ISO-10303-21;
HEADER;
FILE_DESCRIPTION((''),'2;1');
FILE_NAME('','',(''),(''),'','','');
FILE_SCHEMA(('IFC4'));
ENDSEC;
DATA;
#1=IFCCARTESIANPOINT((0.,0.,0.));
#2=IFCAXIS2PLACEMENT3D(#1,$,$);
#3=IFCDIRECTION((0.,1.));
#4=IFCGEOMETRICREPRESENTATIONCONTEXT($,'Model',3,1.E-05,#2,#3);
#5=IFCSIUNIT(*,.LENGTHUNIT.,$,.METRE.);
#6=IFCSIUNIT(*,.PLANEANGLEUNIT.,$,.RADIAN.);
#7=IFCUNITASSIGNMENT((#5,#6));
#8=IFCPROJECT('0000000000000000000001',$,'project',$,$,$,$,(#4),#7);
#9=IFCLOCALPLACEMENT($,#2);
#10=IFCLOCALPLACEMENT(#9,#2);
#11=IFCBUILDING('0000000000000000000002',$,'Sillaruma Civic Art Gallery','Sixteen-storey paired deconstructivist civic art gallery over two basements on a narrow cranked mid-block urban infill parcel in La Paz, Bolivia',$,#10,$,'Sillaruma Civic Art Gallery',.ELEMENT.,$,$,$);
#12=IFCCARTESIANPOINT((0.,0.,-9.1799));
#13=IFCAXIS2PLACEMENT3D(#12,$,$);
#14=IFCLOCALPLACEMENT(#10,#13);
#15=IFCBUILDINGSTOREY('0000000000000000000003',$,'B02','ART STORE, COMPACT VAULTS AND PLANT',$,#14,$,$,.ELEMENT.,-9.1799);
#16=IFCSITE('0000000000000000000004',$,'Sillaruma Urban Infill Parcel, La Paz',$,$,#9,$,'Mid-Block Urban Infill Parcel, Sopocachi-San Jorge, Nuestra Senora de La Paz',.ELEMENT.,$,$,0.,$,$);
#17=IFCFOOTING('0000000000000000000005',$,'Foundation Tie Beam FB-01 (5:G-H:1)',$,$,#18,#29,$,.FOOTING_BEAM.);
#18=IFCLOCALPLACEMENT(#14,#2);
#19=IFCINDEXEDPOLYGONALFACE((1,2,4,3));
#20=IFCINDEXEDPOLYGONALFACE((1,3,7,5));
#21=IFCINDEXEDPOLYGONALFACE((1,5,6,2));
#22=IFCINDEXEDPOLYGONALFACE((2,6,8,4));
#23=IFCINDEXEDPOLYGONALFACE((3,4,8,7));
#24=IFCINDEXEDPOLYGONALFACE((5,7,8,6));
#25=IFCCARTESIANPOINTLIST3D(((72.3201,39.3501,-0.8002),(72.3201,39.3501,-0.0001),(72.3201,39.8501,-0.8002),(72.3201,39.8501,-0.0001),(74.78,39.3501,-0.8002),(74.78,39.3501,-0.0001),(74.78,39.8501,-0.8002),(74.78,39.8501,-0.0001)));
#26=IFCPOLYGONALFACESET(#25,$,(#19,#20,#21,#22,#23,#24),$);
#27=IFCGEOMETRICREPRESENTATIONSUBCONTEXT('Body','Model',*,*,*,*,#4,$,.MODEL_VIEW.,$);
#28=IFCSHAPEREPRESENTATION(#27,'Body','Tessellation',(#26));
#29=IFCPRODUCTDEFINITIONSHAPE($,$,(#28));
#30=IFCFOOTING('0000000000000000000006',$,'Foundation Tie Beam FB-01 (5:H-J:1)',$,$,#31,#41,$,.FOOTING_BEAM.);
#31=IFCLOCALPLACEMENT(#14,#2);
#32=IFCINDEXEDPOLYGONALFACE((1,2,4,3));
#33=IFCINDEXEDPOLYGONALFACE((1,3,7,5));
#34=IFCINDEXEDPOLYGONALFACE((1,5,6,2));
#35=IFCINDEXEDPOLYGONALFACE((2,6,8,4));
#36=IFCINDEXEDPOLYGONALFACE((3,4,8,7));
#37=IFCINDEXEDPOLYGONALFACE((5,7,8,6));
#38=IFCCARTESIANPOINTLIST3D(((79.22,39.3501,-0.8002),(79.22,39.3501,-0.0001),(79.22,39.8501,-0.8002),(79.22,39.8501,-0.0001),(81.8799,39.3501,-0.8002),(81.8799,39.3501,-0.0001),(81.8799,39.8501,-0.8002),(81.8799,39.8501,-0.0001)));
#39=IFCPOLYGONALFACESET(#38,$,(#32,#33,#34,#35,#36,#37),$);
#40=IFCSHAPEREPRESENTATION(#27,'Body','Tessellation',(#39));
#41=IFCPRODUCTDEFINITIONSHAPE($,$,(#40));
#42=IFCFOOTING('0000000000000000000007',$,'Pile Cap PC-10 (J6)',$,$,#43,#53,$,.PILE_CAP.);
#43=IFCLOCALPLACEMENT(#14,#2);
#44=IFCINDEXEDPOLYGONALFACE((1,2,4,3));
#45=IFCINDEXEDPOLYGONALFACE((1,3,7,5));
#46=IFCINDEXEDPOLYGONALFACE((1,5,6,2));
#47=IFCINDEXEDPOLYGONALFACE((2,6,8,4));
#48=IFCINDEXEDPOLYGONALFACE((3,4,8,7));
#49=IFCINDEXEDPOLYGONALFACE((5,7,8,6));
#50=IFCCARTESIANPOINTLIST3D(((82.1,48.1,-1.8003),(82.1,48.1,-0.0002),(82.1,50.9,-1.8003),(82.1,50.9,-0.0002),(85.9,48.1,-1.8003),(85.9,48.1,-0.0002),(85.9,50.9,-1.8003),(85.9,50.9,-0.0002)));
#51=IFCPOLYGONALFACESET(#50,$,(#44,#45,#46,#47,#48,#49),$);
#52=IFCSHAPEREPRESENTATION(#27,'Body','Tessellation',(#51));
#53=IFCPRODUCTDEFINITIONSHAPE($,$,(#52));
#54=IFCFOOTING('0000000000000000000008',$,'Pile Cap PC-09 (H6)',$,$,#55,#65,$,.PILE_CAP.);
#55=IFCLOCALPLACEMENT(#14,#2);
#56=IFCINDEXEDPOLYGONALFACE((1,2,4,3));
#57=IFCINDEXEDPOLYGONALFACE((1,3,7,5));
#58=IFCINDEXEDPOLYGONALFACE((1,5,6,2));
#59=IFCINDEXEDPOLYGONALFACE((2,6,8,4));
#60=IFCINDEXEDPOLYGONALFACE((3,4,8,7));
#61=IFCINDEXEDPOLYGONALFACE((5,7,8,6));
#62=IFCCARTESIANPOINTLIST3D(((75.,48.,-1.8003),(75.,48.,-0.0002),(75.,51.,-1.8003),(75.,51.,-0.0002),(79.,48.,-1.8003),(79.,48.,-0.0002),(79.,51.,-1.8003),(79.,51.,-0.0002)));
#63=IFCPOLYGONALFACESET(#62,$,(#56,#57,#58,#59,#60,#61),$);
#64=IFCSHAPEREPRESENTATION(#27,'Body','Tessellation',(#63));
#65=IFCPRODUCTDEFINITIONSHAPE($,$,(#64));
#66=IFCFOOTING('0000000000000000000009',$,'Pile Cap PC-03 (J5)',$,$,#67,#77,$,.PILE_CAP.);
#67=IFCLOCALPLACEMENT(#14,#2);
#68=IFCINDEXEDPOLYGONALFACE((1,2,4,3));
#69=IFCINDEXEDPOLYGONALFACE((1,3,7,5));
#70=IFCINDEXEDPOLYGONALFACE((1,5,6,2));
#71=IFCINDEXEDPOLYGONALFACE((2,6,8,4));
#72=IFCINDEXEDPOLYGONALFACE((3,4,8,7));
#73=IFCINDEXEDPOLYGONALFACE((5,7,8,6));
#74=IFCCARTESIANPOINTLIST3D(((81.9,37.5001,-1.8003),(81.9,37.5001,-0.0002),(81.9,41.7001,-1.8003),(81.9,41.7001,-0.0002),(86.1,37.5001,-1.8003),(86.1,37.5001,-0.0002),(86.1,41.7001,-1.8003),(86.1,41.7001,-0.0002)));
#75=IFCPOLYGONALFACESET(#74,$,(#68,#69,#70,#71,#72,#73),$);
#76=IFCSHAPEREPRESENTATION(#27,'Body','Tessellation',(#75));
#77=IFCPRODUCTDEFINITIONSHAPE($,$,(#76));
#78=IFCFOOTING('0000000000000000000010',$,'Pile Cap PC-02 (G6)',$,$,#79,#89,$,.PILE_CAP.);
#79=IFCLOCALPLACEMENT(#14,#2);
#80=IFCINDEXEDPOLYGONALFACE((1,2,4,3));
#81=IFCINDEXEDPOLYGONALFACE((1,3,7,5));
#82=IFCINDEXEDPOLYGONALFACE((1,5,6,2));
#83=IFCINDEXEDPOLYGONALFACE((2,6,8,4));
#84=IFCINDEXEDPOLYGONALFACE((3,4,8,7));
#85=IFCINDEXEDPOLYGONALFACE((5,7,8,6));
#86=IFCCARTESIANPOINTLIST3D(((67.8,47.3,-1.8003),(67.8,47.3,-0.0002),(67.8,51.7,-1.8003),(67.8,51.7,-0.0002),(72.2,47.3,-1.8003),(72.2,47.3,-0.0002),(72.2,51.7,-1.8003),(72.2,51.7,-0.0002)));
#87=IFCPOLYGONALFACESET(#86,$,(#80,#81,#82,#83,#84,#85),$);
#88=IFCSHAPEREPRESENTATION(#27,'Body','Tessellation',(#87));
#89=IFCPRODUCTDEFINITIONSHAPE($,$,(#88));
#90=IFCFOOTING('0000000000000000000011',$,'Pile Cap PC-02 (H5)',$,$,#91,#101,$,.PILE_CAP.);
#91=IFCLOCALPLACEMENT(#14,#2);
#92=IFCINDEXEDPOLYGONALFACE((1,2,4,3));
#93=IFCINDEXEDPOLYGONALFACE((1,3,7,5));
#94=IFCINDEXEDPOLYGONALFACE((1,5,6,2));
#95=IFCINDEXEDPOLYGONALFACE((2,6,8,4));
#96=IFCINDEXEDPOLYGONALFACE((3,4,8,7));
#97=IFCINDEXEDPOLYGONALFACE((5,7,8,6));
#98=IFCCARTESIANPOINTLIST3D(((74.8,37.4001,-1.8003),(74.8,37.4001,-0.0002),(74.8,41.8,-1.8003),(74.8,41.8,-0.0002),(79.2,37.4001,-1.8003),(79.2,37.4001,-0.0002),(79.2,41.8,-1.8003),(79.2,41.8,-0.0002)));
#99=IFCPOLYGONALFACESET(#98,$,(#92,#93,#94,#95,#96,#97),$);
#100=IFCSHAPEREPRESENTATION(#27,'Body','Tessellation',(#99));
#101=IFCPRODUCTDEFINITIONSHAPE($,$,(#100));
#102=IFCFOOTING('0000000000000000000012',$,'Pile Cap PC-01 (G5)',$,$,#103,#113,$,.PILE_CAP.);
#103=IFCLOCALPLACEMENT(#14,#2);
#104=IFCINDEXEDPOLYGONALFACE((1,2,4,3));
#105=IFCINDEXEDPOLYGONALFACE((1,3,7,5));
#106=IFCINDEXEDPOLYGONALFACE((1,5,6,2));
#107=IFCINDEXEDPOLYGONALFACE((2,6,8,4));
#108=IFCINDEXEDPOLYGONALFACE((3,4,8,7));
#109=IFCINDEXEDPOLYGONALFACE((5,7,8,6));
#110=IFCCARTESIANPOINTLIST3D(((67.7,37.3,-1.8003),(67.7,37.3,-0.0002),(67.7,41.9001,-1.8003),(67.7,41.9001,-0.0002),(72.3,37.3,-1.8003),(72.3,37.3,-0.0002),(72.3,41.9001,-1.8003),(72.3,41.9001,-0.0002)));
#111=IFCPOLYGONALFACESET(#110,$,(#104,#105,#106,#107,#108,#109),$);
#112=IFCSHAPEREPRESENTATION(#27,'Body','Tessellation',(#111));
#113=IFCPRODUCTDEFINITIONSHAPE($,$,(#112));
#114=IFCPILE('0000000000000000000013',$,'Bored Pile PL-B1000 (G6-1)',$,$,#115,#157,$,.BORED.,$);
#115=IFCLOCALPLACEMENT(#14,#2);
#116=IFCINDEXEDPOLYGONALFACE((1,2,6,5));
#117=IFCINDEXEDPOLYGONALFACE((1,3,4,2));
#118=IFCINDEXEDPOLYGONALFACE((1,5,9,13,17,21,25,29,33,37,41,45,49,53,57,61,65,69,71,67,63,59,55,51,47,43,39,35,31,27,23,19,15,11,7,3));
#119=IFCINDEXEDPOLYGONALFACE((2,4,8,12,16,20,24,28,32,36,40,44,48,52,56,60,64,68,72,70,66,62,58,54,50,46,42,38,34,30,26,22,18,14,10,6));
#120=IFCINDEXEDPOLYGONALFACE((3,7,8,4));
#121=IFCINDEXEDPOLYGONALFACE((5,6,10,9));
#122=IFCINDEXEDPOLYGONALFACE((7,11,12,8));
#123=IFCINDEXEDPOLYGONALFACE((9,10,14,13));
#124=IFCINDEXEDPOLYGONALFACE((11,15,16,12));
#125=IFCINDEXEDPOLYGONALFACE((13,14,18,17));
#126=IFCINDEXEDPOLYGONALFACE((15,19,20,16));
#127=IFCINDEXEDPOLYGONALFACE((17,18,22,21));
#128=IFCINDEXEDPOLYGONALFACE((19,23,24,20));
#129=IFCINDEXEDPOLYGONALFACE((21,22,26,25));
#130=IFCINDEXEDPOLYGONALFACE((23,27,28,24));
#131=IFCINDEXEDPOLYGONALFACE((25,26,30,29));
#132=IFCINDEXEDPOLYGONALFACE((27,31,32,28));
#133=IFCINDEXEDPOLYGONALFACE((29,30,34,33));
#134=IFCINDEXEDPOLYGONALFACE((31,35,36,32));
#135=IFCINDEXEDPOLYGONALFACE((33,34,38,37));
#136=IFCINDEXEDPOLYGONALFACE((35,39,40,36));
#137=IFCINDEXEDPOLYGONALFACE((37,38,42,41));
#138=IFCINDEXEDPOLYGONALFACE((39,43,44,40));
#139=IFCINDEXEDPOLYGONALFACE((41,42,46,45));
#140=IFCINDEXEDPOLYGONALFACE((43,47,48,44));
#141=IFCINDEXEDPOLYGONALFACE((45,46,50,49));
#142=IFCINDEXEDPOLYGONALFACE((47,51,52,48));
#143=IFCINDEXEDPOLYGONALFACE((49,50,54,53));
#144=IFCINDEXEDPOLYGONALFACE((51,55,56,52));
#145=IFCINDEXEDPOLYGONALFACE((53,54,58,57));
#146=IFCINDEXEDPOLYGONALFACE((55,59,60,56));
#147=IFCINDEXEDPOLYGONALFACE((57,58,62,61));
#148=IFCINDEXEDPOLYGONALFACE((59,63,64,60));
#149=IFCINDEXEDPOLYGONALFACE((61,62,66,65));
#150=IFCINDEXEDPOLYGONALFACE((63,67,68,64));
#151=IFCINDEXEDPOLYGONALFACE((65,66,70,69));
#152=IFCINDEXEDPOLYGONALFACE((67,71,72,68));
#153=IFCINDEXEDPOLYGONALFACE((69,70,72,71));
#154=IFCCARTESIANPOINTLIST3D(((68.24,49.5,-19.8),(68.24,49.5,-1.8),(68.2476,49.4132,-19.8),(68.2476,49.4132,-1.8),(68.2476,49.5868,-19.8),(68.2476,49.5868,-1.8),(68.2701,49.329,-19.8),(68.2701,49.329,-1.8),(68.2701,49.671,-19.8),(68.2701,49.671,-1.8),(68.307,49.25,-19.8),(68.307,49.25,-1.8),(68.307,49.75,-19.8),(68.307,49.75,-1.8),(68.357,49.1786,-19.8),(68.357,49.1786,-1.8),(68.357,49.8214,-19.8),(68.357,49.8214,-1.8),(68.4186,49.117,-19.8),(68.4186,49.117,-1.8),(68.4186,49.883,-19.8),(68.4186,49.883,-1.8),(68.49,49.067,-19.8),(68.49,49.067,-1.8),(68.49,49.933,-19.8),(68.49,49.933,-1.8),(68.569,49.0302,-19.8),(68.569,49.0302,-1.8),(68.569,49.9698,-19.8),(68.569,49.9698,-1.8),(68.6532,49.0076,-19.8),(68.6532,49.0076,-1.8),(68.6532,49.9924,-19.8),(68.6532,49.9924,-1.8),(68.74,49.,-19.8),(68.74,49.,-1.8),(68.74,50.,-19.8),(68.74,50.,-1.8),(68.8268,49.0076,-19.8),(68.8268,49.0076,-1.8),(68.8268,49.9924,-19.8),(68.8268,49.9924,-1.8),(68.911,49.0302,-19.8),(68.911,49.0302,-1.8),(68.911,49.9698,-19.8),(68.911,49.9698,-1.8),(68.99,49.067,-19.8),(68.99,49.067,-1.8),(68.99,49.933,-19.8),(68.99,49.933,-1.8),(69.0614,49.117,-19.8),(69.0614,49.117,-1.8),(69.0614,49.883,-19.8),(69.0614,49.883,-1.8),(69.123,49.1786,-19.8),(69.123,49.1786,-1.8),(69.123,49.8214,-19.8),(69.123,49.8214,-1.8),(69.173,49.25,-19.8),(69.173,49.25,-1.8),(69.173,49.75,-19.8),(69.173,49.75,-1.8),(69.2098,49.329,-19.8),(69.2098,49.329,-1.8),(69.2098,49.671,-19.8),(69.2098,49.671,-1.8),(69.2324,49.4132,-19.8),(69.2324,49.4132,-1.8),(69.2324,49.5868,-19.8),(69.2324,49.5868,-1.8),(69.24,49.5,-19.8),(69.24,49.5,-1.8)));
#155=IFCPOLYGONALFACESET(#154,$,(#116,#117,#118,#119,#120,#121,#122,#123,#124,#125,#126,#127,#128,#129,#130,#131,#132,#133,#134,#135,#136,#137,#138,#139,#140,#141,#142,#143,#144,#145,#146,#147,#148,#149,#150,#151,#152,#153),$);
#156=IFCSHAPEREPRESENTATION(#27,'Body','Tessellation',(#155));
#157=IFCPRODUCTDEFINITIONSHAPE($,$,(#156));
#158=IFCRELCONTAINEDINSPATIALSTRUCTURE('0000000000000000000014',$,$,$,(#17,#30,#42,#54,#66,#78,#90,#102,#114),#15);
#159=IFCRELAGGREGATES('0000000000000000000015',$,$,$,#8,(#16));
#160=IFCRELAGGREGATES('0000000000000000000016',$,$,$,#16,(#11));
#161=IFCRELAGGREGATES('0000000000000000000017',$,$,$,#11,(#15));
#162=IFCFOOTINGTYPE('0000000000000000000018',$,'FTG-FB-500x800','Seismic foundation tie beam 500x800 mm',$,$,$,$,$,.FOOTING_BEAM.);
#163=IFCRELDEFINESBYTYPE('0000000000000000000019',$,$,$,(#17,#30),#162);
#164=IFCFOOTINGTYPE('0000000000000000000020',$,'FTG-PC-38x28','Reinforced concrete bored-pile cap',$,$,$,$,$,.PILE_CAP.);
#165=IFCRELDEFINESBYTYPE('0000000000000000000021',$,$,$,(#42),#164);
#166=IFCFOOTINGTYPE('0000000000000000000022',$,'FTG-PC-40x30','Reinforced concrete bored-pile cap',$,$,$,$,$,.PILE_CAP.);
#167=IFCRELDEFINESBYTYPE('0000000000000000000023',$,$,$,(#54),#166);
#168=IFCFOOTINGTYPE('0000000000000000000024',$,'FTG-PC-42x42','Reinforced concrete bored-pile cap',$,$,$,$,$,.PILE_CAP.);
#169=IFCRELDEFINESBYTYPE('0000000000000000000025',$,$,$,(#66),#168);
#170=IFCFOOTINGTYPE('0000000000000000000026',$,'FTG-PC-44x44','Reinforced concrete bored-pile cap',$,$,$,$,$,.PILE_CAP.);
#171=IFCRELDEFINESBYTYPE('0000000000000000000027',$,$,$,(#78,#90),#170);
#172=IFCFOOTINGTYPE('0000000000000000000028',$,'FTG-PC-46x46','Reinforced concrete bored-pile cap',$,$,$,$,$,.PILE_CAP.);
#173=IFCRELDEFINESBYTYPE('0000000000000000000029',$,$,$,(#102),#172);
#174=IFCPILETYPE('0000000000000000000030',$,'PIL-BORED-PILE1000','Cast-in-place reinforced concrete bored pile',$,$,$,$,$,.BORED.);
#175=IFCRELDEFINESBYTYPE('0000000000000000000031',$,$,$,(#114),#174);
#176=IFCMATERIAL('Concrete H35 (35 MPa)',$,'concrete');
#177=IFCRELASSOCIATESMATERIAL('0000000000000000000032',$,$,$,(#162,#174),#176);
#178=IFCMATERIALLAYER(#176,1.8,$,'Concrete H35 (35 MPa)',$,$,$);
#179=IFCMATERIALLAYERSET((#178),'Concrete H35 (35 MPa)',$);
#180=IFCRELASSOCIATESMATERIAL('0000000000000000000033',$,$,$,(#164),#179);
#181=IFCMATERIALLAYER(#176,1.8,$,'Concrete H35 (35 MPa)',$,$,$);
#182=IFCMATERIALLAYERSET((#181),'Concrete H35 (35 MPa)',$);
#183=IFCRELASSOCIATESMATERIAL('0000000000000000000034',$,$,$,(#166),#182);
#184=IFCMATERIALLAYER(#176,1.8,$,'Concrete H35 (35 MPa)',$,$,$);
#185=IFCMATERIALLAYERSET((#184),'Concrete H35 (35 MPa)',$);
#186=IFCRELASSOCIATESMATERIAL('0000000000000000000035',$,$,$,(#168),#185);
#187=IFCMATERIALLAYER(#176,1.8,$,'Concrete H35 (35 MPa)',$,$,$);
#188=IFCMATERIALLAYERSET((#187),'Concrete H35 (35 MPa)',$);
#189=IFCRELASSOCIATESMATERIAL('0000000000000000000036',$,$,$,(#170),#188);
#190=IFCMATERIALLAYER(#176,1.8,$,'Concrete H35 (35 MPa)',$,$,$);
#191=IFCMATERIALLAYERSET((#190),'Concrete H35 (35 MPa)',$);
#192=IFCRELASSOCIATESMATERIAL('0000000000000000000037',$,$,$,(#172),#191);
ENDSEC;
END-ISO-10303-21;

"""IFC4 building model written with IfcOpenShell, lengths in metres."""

from ifc_helpers import new_model, si_unit, direction, frame, origin, origin_2d, place, context, subcontext, project, spatial, rectangle, circle, extrude, material, layer, layer_set, material_profile, profile_set, type_object, element, save


model = new_model("IFC4")

# Units and contexts
model_context = context("Model", 3, precision=1e-05, world=origin(), true_north=direction((0.0, 1.0)))
body_context = subcontext(model_context, "Body", "Model", "MODEL_VIEW")
ifc_project = project(units=[si_unit("LENGTHUNIT", "METRE"), si_unit("PLANEANGLEUNIT", "RADIAN")], contexts=[model_context])

# Site, building, storey
site_placement = place(None, origin())
site = spatial("IfcSite", under=ifc_project, at=site_placement, Name="Sillaruma Urban Infill Parcel, La Paz", LongName="Mid-Block Urban Infill Parcel, Sopocachi-San Jorge, Nuestra Senora de La Paz", CompositionType="ELEMENT", RefElevation=0.0)
building_placement = place(site_placement, origin())
building = spatial("IfcBuilding", under=site, at=building_placement, Name="Sillaruma Civic Art Gallery", Description="Sixteen-storey paired deconstructivist civic art gallery over two basements on a narrow cranked mid-block urban infill parcel in La Paz, Bolivia", LongName="Sillaruma Civic Art Gallery", CompositionType="ELEMENT")
storey_placement = place(building_placement, frame((0.0, 0.0, -9.1799)))
storey = spatial("IfcBuildingStorey", under=building, at=storey_placement, Name="B02", Description="ART STORE, COMPACT VAULTS AND PLANT", CompositionType="ELEMENT", Elevation=-9.1799)

# Footings
ifc_material_1 = material(Name="Concrete H35 (35 MPa)", Category="concrete")
ifc_material_profile_1 = material_profile(ifc_material_1, rectangle(XDim=0.5, YDim=0.8, at=origin_2d()), Name="RCB500x800")
ifc_profile_set_1 = profile_set([ifc_material_profile_1], Name="Concrete H35 (35 MPa)")
footing_type_1 = type_object("IfcFootingType", Name="FTG-FB-500x800", Description="Seismic foundation tie beam 500x800 mm", PredefinedType="FOOTING_BEAM", material=ifc_profile_set_1)
footing_1_placement = place(storey_placement, frame((72.3201, 39.6001, -0.4001), z_axis=(1.0, 0.0, 0.0), x_axis=(0.0, 1.0, 0.0)))
element("IfcFooting", 1, at=footing_1_placement, inside=storey, type_object=footing_type_1, Name="Foundation Tie Beam FB-01 (5:G-H:1)", PredefinedType="FOOTING_BEAM", context=body_context, shape_type="SweptSolid", body=[
    extrude(rectangle(XDim=0.5, YDim=0.8, at=origin_2d()), origin(), (0.0, 0.0, 1.0), 2.46),
])
footing_2_placement = place(storey_placement, frame((79.22, 39.6001, -0.4001), z_axis=(1.0, 0.0, 0.0), x_axis=(0.0, 1.0, 0.0)))
element("IfcFooting", 2, at=footing_2_placement, inside=storey, type_object=footing_type_1, Name="Foundation Tie Beam FB-01 (5:H-J:1)", PredefinedType="FOOTING_BEAM", context=body_context, shape_type="SweptSolid", body=[
    extrude(rectangle(XDim=0.5, YDim=0.8, at=origin_2d()), origin(), (0.0, 0.0, 1.0), 2.6599),
])
ifc_layer_1 = layer(ifc_material_1, 1.8, Name="Concrete H35 (35 MPa)")
ifc_layer_set_1 = layer_set([ifc_layer_1], Name="Concrete H35 (35 MPa)")
footing_type_2 = type_object("IfcFootingType", Name="FTG-PC-38x28", Description="Reinforced concrete bored-pile cap", PredefinedType="PILE_CAP", material=ifc_layer_set_1)
footing_3_placement = place(storey_placement, frame((84.0, 49.5, -1.8003), z_axis=(0.0, 0.0, 1.0), x_axis=(1.0, 0.0, 0.0)))
element("IfcFooting", 3, at=footing_3_placement, inside=storey, type_object=footing_type_2, Name="Pile Cap PC-10 (J6)", PredefinedType="PILE_CAP", context=body_context, shape_type="SweptSolid", body=[
    extrude(rectangle(XDim=3.8, YDim=2.8, at=origin_2d()), origin(), (0.0, 0.0, 1.0), 1.8),
])
ifc_layer_2 = layer(ifc_material_1, 1.8, Name="Concrete H35 (35 MPa)")
ifc_layer_set_2 = layer_set([ifc_layer_2], Name="Concrete H35 (35 MPa)")
footing_type_3 = type_object("IfcFootingType", Name="FTG-PC-40x30", Description="Reinforced concrete bored-pile cap", PredefinedType="PILE_CAP", material=ifc_layer_set_2)
footing_4_placement = place(storey_placement, frame((77.0, 49.5, -1.8003), z_axis=(0.0, 0.0, 1.0), x_axis=(1.0, 0.0, 0.0)))
element("IfcFooting", 4, at=footing_4_placement, inside=storey, type_object=footing_type_3, Name="Pile Cap PC-09 (H6)", PredefinedType="PILE_CAP", context=body_context, shape_type="SweptSolid", body=[
    extrude(rectangle(XDim=4.0, YDim=3.0, at=origin_2d()), origin(), (0.0, 0.0, 1.0), 1.8),
])
ifc_layer_3 = layer(ifc_material_1, 1.8, Name="Concrete H35 (35 MPa)")
ifc_layer_set_3 = layer_set([ifc_layer_3], Name="Concrete H35 (35 MPa)")
footing_type_4 = type_object("IfcFootingType", Name="FTG-PC-42x42", Description="Reinforced concrete bored-pile cap", PredefinedType="PILE_CAP", material=ifc_layer_set_3)
footing_5_placement = place(storey_placement, frame((84.0, 39.6001, -1.8003), z_axis=(0.0, 0.0, 1.0), x_axis=(1.0, 0.0, 0.0)))
element("IfcFooting", 5, at=footing_5_placement, inside=storey, type_object=footing_type_4, Name="Pile Cap PC-03 (J5)", PredefinedType="PILE_CAP", context=body_context, shape_type="SweptSolid", body=[
    extrude(rectangle(XDim=4.2, YDim=4.2, at=origin_2d()), origin(), (0.0, 0.0, 1.0), 1.8),
])
ifc_layer_4 = layer(ifc_material_1, 1.8, Name="Concrete H35 (35 MPa)")
ifc_layer_set_4 = layer_set([ifc_layer_4], Name="Concrete H35 (35 MPa)")
footing_type_5 = type_object("IfcFootingType", Name="FTG-PC-44x44", Description="Reinforced concrete bored-pile cap", PredefinedType="PILE_CAP", material=ifc_layer_set_4)
for number, where, z_axis, x_axis, name in (
    (6, (70.0, 49.5, -1.8003), (0.0, 0.0, 1.0), (1.0, 0.0, 0.0), "Pile Cap PC-02 (G6)"),
    (7, (77.0, 39.6001, -1.8003), (0.0, 0.0, 1.0), (1.0, 0.0, 0.0), "Pile Cap PC-02 (H5)"),
):
    element("IfcFooting", number, at=place(storey_placement, frame(where, z_axis=z_axis, x_axis=x_axis)), inside=storey, type_object=footing_type_5, Name=name, PredefinedType="PILE_CAP", context=body_context, shape_type="SweptSolid", body=[
        extrude(rectangle(XDim=4.3999, YDim=4.3999, at=origin_2d()), origin(), (0.0, 0.0, 1.0), 1.8),
    ])
ifc_layer_5 = layer(ifc_material_1, 1.8, Name="Concrete H35 (35 MPa)")
ifc_layer_set_5 = layer_set([ifc_layer_5], Name="Concrete H35 (35 MPa)")
footing_type_6 = type_object("IfcFootingType", Name="FTG-PC-46x46", Description="Reinforced concrete bored-pile cap", PredefinedType="PILE_CAP", material=ifc_layer_set_5)
footing_6_placement = place(storey_placement, frame((70.0, 39.6001, -1.8003), z_axis=(0.0, 0.0, 1.0), x_axis=(1.0, 0.0, 0.0)))
element("IfcFooting", 8, at=footing_6_placement, inside=storey, type_object=footing_type_6, Name="Pile Cap PC-01 (G5)", PredefinedType="PILE_CAP", context=body_context, shape_type="SweptSolid", body=[
    extrude(rectangle(XDim=4.6001, YDim=4.6001, at=origin_2d()), origin(), (0.0, 0.0, 1.0), 1.8),
])

# Pile
ifc_material_profile_2 = material_profile(ifc_material_1, circle(Radius=0.5, at=origin_2d()), Name="PILE1000")
ifc_profile_set_2 = profile_set([ifc_material_profile_2], Name="Concrete H35 (35 MPa)")
pile_type_1 = type_object("IfcPileType", Name="PIL-BORED-PILE1000", Description="Cast-in-place reinforced concrete bored pile", PredefinedType="BORED", material=ifc_profile_set_2)
for number, where, z_axis, x_axis, name in (
    (9, (68.74, 49.5, -1.8), (0.0, 0.0, -1.0), (1.0, 0.0, 0.0), "Bored Pile PL-B1000 (G6-1)"),
):
    element("IfcPile", number, at=place(storey_placement, frame(where, z_axis=z_axis, x_axis=x_axis)), inside=storey, type_object=pile_type_1, Name=name, PredefinedType="BORED", context=body_context, shape_type="SweptSolid", body=[
        extrude(circle(Radius=0.5, at=origin_2d()), origin(), (0.0, 0.0, 1.0), 18.0),
    ])

save(model, "model.ifc")
